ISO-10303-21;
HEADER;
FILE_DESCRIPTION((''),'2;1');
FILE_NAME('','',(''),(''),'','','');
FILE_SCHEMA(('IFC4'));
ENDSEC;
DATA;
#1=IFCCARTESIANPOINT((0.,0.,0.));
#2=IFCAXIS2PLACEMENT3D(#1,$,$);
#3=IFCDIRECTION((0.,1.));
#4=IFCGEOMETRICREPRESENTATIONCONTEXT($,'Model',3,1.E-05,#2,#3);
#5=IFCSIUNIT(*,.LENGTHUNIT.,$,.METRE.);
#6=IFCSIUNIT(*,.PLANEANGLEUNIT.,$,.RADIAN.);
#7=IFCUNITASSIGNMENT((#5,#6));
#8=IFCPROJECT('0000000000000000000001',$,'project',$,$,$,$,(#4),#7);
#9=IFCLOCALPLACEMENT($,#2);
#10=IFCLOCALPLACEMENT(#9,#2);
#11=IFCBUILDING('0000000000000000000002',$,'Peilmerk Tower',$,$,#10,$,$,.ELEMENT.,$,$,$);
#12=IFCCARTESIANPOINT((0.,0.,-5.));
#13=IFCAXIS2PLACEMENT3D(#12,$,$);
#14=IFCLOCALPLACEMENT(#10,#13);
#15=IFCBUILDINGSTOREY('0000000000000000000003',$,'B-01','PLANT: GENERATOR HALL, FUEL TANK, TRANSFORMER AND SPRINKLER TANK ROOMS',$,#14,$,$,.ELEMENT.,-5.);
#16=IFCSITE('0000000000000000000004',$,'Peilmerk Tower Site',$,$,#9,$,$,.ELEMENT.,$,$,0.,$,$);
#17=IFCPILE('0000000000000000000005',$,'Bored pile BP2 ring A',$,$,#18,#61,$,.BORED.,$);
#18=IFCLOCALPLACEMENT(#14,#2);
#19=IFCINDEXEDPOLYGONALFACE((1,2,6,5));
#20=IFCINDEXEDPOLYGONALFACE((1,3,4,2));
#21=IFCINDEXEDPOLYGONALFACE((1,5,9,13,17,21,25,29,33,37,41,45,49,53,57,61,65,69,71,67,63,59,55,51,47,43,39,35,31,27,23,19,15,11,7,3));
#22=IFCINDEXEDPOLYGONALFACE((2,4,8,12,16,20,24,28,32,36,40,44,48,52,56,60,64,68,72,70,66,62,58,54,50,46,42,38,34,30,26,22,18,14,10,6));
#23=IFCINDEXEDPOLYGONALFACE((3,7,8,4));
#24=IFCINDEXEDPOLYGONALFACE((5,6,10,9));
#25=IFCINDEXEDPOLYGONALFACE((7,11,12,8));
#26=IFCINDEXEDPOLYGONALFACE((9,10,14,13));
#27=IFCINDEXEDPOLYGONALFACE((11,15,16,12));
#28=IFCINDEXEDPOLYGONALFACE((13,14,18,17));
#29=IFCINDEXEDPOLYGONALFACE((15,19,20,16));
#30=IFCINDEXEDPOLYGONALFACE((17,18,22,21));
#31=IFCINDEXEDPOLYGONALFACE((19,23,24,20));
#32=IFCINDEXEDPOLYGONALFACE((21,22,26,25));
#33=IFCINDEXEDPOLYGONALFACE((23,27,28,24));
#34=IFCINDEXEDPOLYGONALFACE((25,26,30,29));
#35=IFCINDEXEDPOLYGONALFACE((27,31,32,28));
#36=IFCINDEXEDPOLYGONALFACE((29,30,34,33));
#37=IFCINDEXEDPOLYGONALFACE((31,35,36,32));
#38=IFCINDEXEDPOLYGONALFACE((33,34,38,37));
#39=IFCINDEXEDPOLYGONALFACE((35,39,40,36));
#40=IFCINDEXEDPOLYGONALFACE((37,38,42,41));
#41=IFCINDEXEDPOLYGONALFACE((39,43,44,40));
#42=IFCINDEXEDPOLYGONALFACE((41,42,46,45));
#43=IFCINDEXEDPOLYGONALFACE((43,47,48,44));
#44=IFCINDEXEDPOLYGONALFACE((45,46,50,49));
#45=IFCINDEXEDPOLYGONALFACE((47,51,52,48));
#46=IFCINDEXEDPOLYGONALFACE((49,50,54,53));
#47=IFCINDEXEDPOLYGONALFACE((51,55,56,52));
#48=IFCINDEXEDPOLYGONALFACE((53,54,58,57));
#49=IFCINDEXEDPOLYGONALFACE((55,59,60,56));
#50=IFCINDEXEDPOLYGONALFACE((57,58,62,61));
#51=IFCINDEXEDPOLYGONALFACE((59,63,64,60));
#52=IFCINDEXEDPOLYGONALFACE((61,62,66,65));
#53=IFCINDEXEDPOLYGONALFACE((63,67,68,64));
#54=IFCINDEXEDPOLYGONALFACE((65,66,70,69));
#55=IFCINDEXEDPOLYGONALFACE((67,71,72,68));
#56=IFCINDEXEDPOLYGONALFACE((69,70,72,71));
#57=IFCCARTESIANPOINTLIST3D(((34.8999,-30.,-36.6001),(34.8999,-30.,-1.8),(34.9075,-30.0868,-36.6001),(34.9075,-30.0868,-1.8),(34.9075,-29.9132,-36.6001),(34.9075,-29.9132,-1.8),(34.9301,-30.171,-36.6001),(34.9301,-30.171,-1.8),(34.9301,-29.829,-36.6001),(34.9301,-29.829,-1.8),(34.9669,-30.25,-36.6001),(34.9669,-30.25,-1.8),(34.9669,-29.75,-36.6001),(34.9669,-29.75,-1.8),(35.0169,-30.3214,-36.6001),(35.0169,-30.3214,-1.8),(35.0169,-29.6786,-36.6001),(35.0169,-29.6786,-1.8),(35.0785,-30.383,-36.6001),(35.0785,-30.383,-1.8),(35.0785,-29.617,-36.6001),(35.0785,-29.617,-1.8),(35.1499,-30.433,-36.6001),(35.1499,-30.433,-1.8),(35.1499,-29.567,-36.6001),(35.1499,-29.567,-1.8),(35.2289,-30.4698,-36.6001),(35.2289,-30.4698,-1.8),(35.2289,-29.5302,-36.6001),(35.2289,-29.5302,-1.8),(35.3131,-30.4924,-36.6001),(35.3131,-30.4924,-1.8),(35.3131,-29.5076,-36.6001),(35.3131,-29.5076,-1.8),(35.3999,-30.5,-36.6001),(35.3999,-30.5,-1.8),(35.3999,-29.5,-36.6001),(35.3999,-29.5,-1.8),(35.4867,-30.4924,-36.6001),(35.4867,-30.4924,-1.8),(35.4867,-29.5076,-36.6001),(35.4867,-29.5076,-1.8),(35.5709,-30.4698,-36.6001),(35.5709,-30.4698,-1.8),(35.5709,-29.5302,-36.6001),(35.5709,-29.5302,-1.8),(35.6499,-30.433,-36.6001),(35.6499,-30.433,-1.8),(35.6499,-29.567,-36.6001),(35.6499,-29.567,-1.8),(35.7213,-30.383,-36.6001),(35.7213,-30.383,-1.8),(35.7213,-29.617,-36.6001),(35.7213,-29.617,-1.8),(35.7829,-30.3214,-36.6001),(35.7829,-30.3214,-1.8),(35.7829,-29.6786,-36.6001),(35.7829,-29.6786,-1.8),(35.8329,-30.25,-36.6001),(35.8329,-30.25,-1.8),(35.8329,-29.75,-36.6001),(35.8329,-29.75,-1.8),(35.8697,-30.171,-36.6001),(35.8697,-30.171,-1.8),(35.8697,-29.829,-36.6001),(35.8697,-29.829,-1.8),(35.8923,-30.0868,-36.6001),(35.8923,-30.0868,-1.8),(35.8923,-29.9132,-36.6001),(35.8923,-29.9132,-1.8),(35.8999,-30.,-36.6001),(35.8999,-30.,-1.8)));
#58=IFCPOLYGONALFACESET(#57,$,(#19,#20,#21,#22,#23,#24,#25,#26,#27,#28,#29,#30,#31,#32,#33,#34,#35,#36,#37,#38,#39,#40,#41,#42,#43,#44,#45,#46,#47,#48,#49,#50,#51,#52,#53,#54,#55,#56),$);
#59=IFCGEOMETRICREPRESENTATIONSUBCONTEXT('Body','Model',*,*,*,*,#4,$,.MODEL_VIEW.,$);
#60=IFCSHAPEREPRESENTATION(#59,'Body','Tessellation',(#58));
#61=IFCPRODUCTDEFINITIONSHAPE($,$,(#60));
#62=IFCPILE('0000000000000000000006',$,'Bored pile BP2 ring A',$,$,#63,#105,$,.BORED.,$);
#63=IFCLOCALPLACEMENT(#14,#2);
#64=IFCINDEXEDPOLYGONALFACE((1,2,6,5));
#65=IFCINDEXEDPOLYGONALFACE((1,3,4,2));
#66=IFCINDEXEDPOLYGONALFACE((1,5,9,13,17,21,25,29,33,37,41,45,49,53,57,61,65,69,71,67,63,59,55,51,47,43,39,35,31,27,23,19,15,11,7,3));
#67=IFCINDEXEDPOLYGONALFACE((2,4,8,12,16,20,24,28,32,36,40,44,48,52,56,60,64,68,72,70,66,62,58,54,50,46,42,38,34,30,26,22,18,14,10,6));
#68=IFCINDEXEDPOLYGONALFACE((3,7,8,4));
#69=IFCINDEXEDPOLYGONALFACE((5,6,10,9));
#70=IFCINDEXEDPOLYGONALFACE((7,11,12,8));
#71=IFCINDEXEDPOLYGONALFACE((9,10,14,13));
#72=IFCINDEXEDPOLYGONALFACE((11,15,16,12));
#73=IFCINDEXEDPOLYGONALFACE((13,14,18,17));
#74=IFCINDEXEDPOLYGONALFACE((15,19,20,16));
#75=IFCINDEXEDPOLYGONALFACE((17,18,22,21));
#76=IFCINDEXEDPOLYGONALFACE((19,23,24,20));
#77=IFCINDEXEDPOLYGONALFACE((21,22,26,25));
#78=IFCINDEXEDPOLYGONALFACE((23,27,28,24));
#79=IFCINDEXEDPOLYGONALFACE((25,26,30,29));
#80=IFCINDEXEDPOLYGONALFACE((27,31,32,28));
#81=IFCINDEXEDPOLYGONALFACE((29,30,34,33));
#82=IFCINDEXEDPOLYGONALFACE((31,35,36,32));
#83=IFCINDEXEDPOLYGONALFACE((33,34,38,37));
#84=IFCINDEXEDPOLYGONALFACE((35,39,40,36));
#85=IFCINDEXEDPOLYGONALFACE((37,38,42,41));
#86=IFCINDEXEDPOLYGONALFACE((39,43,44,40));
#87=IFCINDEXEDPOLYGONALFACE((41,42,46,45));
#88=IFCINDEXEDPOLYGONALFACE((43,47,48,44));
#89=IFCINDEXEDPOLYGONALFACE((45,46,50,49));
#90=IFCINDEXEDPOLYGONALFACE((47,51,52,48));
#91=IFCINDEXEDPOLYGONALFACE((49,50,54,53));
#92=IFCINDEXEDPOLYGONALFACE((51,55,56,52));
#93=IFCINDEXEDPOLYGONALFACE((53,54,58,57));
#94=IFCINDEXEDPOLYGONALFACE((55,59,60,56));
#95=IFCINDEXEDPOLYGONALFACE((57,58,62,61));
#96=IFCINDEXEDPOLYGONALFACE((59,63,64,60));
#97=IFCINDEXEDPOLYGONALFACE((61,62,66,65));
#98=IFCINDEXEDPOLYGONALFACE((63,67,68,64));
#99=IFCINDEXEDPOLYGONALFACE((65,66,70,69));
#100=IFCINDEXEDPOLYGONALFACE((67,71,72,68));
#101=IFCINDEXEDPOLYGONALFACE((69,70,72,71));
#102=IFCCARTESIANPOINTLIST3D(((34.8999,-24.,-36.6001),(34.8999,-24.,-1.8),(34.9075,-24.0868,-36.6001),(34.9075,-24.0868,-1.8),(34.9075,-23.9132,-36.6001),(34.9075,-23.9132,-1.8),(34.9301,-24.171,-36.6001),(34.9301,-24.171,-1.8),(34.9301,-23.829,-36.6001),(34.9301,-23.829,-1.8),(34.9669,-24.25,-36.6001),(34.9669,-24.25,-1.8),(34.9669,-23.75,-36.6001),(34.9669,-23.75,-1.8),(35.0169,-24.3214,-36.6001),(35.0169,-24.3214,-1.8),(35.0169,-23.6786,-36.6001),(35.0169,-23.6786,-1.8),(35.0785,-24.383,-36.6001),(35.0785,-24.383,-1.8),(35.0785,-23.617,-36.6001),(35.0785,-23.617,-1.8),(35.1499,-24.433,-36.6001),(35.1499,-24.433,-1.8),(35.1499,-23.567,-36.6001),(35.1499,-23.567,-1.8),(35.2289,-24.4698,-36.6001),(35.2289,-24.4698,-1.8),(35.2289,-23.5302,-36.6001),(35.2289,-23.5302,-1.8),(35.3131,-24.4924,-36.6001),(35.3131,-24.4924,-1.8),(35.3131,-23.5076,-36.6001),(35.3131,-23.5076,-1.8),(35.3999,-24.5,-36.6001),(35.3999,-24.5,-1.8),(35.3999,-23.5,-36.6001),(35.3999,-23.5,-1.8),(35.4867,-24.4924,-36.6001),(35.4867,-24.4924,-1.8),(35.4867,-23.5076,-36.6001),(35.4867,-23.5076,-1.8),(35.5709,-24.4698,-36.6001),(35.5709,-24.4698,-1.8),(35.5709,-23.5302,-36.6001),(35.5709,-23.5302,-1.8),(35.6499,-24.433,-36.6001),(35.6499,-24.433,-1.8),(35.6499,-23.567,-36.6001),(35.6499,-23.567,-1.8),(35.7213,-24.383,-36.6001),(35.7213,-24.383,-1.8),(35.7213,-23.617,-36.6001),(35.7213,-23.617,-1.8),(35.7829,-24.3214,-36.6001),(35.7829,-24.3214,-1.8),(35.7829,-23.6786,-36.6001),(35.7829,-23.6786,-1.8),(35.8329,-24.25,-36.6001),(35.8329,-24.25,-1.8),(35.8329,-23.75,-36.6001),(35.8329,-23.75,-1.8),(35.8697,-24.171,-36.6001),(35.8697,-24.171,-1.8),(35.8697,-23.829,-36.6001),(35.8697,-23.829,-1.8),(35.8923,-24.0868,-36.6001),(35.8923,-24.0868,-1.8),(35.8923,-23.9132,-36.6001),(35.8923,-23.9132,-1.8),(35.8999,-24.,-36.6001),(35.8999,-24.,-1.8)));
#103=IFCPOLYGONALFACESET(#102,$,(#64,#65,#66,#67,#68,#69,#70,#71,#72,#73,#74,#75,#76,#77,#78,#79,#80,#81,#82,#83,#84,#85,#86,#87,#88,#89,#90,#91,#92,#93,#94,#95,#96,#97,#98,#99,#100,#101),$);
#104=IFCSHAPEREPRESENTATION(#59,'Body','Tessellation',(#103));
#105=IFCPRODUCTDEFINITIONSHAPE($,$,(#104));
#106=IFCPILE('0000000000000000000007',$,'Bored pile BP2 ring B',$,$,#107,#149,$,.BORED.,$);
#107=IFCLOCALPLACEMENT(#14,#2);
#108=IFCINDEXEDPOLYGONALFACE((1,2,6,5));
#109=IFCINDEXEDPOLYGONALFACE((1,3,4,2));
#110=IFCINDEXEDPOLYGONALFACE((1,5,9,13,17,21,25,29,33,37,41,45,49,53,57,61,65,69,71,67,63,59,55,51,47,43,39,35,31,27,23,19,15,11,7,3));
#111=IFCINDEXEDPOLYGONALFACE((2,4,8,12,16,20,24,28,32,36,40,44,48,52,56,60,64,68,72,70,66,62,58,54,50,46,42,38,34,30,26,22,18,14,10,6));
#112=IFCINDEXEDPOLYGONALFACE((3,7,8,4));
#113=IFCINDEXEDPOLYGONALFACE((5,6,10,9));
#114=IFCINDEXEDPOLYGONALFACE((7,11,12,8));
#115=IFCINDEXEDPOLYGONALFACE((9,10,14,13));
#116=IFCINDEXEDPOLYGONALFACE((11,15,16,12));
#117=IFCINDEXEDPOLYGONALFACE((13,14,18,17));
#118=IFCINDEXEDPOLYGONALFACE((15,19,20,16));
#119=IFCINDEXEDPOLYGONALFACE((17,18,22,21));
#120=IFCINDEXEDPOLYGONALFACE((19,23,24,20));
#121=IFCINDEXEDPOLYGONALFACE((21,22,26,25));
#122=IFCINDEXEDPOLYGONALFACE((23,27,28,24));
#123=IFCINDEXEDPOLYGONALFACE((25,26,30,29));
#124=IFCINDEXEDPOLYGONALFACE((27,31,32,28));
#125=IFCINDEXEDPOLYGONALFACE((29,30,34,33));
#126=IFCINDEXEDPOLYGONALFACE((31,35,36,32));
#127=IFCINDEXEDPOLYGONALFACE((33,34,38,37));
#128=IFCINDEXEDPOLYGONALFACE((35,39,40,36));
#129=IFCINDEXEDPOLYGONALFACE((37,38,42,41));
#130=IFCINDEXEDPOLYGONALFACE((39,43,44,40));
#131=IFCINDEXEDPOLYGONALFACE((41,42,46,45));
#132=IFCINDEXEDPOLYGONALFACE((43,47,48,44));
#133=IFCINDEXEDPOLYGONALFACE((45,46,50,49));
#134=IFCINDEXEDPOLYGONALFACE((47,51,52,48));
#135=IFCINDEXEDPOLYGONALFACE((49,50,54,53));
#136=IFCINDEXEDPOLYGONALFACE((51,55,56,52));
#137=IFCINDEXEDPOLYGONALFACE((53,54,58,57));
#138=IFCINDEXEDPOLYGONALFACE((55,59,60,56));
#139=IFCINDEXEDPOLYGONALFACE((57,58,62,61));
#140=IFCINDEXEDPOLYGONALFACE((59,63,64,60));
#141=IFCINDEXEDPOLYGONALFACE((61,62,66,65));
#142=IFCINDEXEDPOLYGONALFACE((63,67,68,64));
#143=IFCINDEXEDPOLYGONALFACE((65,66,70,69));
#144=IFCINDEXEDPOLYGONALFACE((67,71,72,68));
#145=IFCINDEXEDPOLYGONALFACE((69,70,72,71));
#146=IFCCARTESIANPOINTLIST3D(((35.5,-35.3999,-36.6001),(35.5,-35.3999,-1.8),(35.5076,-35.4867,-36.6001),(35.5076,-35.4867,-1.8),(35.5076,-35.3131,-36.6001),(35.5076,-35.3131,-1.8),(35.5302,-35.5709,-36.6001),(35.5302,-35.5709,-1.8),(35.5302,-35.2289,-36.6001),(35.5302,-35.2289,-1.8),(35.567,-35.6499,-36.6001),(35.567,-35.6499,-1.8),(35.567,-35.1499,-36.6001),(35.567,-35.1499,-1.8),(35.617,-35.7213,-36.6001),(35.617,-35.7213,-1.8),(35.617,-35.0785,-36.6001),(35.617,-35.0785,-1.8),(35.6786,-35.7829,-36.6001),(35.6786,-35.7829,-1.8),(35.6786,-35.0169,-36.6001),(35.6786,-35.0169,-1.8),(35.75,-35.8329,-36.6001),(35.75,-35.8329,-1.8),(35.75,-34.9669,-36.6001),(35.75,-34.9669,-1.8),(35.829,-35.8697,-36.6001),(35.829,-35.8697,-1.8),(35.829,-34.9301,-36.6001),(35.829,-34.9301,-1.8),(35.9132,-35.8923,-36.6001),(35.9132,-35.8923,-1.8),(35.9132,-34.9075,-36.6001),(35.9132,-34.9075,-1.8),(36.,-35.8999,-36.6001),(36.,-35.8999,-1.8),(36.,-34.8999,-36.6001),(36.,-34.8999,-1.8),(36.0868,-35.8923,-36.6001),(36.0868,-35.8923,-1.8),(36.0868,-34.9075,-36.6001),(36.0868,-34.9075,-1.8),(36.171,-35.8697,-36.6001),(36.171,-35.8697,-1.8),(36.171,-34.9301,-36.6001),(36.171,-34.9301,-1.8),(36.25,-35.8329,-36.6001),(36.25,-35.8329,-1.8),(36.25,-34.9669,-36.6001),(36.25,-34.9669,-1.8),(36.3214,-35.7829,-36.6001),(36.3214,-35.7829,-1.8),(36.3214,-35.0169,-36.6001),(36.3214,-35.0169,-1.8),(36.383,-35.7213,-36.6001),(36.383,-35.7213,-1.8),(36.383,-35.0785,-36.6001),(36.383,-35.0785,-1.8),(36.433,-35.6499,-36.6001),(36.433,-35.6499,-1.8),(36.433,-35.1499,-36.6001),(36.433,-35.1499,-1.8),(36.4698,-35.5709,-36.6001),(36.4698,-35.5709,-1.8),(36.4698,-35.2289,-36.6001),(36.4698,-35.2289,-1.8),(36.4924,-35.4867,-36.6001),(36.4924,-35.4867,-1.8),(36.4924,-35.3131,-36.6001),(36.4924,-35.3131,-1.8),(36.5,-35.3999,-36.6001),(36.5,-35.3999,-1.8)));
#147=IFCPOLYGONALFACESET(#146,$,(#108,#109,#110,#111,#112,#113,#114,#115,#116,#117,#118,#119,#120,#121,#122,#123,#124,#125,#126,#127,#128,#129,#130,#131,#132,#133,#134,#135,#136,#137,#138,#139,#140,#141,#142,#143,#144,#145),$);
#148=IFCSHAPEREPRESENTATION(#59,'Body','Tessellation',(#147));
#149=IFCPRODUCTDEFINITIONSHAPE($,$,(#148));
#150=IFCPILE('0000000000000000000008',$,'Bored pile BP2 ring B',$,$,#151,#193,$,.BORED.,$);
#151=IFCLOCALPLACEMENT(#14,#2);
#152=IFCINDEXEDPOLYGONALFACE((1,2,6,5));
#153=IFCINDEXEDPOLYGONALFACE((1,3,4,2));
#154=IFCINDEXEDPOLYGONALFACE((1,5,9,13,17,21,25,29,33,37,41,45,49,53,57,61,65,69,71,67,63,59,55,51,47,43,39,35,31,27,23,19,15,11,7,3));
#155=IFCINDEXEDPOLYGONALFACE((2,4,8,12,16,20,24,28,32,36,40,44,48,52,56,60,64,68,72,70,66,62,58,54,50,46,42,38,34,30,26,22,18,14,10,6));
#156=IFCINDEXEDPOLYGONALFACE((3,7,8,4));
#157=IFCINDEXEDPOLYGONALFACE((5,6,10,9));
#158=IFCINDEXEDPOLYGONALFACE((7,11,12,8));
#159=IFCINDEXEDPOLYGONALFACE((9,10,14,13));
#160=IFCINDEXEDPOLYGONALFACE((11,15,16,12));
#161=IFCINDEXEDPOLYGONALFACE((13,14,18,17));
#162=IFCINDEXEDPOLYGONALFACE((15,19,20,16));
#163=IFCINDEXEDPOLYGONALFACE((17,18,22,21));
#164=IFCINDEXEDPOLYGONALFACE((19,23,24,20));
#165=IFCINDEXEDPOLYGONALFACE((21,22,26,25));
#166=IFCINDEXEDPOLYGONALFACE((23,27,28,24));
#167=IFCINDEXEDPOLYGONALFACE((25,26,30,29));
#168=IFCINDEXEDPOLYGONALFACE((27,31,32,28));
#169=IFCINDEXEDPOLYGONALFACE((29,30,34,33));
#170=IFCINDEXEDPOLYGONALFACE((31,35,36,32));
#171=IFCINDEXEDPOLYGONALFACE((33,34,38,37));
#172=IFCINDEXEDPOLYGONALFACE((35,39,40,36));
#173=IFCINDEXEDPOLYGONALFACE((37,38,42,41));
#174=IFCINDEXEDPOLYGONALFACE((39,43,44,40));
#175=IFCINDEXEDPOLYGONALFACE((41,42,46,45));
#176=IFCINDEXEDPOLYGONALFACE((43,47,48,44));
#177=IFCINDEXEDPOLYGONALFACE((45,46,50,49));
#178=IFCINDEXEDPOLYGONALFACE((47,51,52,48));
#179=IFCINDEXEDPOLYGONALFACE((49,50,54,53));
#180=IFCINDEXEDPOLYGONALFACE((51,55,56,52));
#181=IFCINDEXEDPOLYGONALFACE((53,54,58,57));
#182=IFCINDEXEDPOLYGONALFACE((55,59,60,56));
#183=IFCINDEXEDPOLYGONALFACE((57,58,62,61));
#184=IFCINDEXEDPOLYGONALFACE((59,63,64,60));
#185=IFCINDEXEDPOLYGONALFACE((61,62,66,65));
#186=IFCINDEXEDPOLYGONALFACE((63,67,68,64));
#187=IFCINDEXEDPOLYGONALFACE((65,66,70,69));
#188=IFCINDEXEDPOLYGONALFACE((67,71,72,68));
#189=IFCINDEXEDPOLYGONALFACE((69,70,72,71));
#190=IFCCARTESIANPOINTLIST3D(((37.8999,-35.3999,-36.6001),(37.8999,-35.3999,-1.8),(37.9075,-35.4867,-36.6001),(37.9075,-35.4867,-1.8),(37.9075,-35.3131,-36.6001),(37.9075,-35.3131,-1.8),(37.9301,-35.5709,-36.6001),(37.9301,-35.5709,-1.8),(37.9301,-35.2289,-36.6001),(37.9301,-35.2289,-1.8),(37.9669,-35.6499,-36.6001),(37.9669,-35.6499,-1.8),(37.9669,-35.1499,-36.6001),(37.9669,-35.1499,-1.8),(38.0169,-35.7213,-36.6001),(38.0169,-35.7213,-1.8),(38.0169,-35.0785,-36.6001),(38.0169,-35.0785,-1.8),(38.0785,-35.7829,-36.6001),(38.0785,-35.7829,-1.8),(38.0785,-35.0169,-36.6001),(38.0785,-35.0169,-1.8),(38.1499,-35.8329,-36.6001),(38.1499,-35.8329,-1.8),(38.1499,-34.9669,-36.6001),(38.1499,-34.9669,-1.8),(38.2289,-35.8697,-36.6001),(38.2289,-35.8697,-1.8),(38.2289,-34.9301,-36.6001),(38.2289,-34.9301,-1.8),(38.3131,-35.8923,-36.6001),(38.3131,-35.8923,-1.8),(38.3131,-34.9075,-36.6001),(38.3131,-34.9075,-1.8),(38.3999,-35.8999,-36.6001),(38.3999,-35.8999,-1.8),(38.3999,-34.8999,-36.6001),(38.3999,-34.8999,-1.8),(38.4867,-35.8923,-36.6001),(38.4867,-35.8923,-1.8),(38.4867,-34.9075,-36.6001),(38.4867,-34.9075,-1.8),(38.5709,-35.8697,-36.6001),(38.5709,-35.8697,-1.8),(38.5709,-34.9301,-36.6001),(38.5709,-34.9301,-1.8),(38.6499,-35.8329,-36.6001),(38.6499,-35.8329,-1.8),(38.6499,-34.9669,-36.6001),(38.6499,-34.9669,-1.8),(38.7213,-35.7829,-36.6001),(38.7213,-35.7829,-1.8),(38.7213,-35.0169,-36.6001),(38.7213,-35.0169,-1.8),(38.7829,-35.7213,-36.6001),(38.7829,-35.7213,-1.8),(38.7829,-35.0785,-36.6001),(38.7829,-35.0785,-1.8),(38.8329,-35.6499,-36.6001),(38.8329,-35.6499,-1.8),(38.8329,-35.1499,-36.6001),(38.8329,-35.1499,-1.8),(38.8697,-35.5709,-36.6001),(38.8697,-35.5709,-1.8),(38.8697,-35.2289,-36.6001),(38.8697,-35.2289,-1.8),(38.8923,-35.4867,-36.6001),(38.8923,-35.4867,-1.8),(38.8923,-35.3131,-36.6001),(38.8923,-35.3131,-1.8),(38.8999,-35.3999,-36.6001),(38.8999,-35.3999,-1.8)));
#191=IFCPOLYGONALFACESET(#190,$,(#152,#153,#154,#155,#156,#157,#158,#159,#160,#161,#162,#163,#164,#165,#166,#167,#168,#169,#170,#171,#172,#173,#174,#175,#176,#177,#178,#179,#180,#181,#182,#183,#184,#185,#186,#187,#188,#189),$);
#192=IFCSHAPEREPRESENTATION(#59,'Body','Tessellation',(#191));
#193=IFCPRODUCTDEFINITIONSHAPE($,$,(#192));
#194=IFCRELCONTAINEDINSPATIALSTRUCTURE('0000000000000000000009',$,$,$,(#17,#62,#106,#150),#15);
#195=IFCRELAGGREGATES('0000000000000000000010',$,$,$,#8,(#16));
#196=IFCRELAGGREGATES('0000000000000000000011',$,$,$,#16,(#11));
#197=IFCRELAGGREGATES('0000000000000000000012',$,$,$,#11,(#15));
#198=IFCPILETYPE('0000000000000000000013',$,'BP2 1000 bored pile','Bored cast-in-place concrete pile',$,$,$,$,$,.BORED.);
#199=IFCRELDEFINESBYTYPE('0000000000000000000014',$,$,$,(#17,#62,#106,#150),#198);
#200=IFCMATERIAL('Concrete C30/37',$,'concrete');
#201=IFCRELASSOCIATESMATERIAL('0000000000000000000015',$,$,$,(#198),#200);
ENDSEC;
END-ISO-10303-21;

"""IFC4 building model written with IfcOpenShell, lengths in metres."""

from ifc_helpers import new_model, si_unit, direction, frame, origin, origin_2d, place, context, subcontext, project, spatial, circle, extrude, material, material_profile, profile_set, type_object, element, save


model = new_model("IFC4")

# Units and contexts
model_context = context("Model", 3, precision=1e-05, world=origin(), true_north=direction((0.0, 1.0)))
body_context = subcontext(model_context, "Body", "Model", "MODEL_VIEW")
ifc_project = project(units=[si_unit("LENGTHUNIT", "METRE"), si_unit("PLANEANGLEUNIT", "RADIAN")], contexts=[model_context])

# Site, building, storey
site_placement = place(None, origin())
site = spatial("IfcSite", under=ifc_project, at=site_placement, Name="Peilmerk Tower Site", CompositionType="ELEMENT", RefElevation=0.0)
building_placement = place(site_placement, origin())
building = spatial("IfcBuilding", under=site, at=building_placement, Name="Peilmerk Tower", CompositionType="ELEMENT")
storey_placement = place(building_placement, frame((0.0, 0.0, -5.0)))
storey = spatial("IfcBuildingStorey", under=building, at=storey_placement, Name="B-01", Description="PLANT: GENERATOR HALL, FUEL TANK, TRANSFORMER AND SPRINKLER TANK ROOMS", CompositionType="ELEMENT", Elevation=-5.0)

# Piles
ifc_material_1 = material(Name="Concrete C30/37", Category="concrete")
ifc_material_profile_1 = material_profile(ifc_material_1, circle(Radius=0.5, at=origin_2d()), Name="BP 1000")
ifc_profile_set_1 = profile_set([ifc_material_profile_1], Name="Concrete C30/37")
pile_type = type_object("IfcPileType", Name="BP2 1000 bored pile", Description="Bored cast-in-place concrete pile", PredefinedType="BORED", material=ifc_profile_set_1)
for number, where, z_axis, x_axis, name in (
    (1, (35.3999, -30.0, -1.8), (0.0, 0.0, -1.0), (1.0, 0.0, 0.0), "Bored pile BP2 ring A"),
    (2, (35.3999, -24.0, -1.8), (0.0, 0.0, -1.0), (1.0, 0.0, 0.0), "Bored pile BP2 ring A"),
    (3, (36.0, -35.3999, -1.8), (0.0, 0.0, -1.0), (1.0, 0.0, 0.0), "Bored pile BP2 ring B"),
    (4, (38.3999, -35.3999, -1.8), (0.0, 0.0, -1.0), (1.0, 0.0, 0.0), "Bored pile BP2 ring B"),
):
    element("IfcPile", number, at=place(storey_placement, frame(where, z_axis=z_axis, x_axis=x_axis)), inside=storey, type_object=pile_type, Name=name, PredefinedType="BORED", context=body_context, shape_type="SweptSolid", body=[
        extrude(circle(Radius=0.5, at=origin_2d()), origin(), (0.0, 0.0, 1.0), 34.8),
    ])

save(model, "model.ifc")
